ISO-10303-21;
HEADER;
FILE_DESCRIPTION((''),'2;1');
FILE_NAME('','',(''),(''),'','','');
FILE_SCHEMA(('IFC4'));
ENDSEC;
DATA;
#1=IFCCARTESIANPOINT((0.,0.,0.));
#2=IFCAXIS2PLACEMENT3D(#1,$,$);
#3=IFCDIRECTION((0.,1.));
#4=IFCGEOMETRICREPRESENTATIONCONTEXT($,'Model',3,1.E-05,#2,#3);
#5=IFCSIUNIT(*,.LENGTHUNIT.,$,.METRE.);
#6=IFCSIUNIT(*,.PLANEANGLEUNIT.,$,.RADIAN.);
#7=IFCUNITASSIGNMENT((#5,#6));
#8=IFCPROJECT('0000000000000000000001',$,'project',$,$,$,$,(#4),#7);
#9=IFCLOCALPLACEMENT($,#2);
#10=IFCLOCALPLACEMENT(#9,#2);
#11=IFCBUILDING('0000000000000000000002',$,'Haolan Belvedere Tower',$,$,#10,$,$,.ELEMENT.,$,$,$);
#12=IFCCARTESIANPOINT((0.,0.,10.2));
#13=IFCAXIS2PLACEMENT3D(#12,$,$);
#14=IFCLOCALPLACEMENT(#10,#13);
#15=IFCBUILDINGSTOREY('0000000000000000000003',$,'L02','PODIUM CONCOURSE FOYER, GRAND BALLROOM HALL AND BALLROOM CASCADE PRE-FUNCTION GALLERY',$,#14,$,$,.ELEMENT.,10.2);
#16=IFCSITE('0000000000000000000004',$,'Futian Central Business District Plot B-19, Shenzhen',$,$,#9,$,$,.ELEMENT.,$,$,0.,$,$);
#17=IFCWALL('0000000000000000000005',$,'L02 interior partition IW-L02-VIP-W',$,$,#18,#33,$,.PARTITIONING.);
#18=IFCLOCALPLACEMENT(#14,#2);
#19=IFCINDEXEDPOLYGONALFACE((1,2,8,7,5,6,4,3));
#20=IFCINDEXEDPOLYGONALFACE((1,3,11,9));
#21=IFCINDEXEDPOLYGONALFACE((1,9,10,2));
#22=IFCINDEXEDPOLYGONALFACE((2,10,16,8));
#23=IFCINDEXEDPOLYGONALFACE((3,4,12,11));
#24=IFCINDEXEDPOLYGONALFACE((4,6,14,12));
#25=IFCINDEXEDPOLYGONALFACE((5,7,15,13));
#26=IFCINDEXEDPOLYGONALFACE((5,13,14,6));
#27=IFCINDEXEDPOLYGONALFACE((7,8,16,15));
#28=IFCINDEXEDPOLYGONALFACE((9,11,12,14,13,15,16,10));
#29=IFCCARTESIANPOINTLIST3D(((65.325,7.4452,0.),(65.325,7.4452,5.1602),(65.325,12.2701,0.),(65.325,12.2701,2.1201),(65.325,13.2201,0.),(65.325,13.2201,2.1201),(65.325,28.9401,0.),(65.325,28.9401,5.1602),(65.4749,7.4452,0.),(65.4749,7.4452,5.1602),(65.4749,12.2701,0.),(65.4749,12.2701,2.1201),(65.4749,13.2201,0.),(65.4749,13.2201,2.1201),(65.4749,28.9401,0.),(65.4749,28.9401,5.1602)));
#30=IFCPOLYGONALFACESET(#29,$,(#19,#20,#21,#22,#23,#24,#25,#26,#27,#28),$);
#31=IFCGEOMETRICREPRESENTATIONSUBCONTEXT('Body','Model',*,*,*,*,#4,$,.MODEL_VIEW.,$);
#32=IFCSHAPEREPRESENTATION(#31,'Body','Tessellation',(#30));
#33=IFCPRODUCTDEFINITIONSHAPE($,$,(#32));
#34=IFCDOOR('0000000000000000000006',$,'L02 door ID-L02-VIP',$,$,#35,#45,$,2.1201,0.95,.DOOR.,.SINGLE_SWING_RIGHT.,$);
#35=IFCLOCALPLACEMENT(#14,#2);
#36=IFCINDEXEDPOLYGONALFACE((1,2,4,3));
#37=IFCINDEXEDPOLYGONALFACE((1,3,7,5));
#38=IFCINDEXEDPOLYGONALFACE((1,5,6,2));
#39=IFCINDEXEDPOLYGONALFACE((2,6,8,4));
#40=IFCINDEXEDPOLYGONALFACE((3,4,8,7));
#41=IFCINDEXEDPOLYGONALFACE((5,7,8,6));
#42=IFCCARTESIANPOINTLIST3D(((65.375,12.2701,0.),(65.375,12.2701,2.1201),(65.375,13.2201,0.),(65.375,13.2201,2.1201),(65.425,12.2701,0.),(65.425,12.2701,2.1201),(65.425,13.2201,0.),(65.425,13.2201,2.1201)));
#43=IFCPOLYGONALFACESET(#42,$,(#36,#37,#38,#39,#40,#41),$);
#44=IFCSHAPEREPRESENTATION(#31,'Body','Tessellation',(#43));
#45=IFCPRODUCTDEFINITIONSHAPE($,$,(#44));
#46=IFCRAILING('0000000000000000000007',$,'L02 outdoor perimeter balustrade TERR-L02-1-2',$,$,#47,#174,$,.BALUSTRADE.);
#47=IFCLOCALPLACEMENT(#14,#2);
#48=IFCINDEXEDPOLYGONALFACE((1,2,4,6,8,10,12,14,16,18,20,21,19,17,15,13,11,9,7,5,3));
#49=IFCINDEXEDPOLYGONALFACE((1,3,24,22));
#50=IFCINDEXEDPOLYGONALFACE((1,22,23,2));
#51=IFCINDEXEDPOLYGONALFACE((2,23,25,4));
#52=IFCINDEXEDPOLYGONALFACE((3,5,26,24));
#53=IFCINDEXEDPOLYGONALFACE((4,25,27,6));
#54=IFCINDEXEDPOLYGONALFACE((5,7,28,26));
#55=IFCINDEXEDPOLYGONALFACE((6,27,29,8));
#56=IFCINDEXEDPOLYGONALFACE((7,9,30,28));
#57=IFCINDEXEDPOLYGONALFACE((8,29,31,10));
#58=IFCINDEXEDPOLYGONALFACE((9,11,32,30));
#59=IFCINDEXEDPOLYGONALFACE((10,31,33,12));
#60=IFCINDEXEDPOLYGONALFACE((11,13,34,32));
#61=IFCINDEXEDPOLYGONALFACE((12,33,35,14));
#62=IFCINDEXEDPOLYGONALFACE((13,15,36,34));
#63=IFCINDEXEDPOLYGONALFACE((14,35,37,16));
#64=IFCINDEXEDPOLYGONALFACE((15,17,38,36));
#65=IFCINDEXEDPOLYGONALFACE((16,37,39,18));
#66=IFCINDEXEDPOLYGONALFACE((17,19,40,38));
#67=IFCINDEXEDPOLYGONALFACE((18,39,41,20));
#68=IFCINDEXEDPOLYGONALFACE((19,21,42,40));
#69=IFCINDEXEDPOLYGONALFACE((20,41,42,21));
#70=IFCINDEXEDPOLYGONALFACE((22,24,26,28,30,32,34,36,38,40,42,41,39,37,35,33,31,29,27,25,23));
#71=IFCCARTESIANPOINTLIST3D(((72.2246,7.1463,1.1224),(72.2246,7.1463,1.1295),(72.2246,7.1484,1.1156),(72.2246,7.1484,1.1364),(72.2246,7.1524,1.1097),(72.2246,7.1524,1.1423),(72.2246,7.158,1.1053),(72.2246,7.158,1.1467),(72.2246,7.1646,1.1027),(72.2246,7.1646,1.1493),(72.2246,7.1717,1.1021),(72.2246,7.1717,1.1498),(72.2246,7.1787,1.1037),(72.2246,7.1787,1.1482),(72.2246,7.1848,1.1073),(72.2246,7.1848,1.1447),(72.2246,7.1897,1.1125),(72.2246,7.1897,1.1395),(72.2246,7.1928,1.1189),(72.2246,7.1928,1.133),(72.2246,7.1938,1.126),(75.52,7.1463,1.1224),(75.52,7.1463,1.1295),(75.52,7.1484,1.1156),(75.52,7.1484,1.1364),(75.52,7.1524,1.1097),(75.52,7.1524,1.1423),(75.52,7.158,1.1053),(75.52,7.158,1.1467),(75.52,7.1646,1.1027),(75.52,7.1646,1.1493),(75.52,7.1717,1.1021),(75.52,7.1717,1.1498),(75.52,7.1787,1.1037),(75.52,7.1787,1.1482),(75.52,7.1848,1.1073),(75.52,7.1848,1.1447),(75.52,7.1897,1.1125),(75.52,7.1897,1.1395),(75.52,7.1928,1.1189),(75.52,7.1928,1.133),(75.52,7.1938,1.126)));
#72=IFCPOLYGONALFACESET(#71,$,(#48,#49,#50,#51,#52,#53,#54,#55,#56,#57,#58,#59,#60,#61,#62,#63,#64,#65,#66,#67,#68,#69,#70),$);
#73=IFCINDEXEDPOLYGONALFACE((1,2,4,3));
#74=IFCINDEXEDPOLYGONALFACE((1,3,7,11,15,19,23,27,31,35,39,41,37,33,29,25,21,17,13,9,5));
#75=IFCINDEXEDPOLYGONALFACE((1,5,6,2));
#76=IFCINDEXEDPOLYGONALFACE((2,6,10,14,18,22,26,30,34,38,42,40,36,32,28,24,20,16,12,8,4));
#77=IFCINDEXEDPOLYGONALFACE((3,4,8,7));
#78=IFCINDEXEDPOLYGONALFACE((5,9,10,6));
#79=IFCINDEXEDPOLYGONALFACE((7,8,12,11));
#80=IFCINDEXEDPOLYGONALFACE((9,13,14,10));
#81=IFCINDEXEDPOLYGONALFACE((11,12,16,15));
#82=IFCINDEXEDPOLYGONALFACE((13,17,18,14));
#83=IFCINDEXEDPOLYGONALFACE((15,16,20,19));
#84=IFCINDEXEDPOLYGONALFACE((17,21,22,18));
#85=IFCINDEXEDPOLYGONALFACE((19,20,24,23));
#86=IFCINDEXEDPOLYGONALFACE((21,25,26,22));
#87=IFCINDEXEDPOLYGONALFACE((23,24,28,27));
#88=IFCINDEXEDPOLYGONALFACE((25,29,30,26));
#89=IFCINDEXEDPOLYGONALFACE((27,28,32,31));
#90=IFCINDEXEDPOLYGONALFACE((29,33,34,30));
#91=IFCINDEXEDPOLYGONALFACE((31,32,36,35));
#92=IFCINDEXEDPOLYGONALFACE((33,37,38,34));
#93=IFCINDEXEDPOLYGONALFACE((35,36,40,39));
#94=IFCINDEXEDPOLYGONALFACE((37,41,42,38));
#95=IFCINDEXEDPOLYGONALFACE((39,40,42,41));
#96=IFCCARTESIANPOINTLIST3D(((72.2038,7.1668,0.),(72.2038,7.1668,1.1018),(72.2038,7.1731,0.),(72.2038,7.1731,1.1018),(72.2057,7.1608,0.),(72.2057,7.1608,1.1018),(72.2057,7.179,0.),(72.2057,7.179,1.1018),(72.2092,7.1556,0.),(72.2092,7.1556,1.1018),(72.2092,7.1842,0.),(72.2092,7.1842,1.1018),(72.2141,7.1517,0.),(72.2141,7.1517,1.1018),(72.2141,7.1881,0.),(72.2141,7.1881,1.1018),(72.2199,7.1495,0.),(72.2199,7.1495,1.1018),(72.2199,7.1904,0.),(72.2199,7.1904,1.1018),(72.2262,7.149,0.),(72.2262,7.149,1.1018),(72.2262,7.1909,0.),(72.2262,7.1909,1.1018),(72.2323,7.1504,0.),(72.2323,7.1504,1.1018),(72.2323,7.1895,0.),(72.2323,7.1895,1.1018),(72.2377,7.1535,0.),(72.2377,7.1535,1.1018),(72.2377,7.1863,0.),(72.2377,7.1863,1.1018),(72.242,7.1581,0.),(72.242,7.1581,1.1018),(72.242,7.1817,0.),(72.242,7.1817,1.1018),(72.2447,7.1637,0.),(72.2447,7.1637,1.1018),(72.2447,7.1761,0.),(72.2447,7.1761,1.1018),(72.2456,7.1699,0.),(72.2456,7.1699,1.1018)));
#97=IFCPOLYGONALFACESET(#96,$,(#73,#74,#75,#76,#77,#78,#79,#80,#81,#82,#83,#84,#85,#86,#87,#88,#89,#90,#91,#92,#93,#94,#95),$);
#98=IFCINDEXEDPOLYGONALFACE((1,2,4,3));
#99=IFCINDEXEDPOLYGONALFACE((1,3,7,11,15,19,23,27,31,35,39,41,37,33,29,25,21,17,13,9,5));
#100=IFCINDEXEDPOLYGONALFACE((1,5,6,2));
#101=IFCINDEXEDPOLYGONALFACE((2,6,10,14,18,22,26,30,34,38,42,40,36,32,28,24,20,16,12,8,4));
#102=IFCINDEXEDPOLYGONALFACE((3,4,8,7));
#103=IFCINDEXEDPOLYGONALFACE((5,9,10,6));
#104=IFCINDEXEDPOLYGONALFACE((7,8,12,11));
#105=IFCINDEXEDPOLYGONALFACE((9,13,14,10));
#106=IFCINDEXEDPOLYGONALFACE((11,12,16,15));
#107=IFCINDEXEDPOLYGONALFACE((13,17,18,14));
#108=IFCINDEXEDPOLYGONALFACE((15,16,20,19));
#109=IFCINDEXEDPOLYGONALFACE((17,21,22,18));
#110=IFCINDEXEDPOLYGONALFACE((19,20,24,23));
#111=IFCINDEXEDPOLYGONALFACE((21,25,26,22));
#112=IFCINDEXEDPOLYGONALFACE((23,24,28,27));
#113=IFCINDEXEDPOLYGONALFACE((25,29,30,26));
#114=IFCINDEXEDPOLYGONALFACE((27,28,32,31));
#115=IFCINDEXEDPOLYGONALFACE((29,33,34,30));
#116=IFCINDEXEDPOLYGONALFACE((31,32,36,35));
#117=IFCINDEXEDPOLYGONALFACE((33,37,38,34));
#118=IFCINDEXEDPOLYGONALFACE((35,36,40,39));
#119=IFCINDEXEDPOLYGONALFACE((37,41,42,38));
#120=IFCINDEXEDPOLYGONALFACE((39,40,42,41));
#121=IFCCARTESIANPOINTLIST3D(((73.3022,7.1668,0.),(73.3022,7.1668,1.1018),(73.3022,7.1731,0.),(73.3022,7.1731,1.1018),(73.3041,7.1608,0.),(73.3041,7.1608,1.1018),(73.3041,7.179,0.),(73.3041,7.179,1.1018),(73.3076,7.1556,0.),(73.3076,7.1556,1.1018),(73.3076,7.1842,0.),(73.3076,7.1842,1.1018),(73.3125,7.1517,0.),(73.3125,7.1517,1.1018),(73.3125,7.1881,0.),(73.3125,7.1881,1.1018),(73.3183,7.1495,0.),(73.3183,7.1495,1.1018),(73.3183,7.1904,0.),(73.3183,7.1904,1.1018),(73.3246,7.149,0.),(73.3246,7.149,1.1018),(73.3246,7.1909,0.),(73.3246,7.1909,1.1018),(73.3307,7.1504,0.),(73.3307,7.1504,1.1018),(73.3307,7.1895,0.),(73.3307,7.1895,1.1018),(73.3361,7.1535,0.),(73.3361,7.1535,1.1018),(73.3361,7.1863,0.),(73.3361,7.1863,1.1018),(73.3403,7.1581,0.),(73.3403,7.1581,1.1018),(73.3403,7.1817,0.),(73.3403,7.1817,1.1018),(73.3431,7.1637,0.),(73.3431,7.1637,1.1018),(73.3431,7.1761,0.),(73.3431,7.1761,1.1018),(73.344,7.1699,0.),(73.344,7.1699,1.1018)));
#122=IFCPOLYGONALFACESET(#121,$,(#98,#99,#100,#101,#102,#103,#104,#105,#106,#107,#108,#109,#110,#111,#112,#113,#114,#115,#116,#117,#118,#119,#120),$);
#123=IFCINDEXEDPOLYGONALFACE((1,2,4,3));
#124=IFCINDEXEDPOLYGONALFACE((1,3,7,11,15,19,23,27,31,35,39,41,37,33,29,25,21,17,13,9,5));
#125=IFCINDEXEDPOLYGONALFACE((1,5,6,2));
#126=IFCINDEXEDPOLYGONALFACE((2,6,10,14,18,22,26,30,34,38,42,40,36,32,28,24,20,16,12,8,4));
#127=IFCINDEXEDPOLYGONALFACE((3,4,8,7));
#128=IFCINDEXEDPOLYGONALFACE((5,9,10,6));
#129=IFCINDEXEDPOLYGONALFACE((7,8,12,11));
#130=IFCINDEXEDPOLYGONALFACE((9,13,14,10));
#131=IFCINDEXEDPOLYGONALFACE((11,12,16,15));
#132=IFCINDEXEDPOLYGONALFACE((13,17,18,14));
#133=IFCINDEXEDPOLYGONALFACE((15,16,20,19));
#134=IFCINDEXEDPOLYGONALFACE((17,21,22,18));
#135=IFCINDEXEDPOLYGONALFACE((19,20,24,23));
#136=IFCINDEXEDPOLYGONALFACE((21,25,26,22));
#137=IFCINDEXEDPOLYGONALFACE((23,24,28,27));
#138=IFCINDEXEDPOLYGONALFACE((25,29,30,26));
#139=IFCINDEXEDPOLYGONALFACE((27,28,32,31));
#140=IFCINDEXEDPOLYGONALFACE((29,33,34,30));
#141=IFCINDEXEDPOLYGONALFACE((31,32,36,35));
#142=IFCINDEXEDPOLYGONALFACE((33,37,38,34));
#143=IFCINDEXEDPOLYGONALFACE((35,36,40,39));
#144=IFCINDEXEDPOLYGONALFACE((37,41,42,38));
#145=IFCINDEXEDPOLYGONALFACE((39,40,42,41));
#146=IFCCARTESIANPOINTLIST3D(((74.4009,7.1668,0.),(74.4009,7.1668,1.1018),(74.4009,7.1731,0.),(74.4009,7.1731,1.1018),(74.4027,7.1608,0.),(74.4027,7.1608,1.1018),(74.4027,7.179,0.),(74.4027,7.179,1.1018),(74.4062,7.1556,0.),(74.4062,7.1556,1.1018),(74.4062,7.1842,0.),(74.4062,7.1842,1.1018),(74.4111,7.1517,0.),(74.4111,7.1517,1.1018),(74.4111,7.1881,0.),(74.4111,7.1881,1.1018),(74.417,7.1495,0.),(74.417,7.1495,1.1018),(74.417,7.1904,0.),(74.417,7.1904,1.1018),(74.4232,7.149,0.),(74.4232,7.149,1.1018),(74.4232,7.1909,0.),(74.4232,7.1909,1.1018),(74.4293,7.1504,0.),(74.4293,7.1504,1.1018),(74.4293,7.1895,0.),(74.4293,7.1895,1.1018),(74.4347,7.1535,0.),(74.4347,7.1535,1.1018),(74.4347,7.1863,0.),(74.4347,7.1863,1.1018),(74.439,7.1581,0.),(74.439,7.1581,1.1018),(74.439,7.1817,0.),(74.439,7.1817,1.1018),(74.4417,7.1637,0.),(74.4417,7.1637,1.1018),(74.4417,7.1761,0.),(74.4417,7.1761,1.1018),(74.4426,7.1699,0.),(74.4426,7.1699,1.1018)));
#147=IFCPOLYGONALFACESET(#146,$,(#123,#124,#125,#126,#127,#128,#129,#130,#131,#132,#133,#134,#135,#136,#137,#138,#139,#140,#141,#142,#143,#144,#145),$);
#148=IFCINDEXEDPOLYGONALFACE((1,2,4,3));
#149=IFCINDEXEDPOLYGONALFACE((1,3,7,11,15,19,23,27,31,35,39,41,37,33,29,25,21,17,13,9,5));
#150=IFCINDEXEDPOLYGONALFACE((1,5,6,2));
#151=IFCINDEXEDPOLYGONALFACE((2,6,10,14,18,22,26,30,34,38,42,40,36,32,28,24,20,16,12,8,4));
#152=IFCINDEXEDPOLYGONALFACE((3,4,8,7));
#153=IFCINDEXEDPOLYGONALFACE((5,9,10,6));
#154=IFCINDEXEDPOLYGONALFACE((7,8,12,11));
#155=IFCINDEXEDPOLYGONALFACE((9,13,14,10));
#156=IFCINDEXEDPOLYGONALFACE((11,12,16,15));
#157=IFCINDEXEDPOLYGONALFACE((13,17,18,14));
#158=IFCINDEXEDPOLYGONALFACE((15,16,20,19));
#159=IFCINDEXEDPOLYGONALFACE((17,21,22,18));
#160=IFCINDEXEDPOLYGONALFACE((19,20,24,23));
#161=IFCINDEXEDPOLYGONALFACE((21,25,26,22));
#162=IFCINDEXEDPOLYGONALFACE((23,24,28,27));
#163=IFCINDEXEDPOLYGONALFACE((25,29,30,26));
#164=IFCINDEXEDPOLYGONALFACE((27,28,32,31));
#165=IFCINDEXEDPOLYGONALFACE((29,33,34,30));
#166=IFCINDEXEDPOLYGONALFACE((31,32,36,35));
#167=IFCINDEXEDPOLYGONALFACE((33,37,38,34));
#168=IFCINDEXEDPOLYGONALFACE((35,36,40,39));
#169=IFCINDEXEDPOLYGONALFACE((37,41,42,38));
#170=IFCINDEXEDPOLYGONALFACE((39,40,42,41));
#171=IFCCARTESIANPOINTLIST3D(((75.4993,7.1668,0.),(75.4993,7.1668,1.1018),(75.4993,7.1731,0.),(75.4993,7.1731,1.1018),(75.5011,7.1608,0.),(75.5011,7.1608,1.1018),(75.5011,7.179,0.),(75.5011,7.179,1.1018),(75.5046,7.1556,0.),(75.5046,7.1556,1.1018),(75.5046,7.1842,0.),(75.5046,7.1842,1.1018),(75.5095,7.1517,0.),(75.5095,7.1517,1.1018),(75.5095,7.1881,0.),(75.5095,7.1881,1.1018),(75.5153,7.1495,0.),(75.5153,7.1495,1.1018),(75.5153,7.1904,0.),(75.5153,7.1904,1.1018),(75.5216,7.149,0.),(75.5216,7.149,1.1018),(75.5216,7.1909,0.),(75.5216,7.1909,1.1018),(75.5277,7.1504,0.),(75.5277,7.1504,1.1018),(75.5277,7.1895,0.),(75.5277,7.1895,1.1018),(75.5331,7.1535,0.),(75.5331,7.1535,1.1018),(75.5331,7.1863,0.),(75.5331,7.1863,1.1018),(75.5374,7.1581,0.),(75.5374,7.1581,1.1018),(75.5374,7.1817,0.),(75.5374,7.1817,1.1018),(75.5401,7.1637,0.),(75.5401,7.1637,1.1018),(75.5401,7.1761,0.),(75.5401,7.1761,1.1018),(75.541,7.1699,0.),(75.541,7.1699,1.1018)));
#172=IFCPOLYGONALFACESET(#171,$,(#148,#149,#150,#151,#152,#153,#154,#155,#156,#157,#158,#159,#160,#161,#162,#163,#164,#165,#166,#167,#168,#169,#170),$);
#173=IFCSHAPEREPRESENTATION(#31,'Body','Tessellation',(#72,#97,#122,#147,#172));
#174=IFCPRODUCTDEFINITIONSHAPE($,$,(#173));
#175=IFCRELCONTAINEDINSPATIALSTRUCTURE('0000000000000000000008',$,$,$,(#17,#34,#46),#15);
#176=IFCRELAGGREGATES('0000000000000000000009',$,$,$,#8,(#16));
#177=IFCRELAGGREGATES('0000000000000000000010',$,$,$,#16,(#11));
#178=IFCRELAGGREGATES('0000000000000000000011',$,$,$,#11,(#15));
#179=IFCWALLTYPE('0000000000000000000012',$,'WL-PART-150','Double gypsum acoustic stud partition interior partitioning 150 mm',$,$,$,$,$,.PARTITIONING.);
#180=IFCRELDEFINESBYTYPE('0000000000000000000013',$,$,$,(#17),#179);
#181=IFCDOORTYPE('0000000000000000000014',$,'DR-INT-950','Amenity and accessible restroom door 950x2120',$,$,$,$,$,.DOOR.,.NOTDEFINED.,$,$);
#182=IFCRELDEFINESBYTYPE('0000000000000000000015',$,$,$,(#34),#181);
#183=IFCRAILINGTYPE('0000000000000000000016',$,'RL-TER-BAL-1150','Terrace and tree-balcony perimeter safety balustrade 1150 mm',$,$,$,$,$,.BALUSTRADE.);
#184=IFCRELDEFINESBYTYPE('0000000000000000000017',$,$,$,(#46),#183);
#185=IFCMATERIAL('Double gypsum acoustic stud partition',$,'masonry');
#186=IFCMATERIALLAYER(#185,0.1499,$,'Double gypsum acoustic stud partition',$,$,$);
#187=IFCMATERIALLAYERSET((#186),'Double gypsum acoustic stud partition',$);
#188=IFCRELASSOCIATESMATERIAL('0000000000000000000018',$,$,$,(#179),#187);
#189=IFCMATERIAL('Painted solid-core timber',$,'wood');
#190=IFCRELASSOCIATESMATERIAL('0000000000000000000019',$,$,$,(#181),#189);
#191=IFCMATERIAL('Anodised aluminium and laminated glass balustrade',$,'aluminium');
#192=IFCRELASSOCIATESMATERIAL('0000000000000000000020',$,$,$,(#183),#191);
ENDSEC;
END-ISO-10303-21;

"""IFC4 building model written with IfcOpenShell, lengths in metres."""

from ifc_helpers import new_model, si_unit, direction, frame, frame_2d, origin, origin_2d, place, context, subcontext, project, spatial, rectangle, circle, extrude, material, layer, layer_set, type_object, element, fill, save


model = new_model("IFC4")

# Units and contexts
model_context = context("Model", 3, precision=1e-05, world=origin(), true_north=direction((0.0, 1.0)))
body_context = subcontext(model_context, "Body", "Model", "MODEL_VIEW")
ifc_project = project(units=[si_unit("LENGTHUNIT", "METRE"), si_unit("PLANEANGLEUNIT", "RADIAN")], contexts=[model_context])

# Site, building, storey
site_placement = place(None, origin())
site = spatial("IfcSite", under=ifc_project, at=site_placement, Name="Futian Central Business District Plot B-19, Shenzhen", CompositionType="ELEMENT", RefElevation=0.0)
building_placement = place(site_placement, origin())
building = spatial("IfcBuilding", under=site, at=building_placement, Name="Haolan Belvedere Tower", CompositionType="ELEMENT")
storey_placement = place(building_placement, frame((0.0, 0.0, 10.2)))
storey = spatial("IfcBuildingStorey", under=building, at=storey_placement, Name="L02", Description="PODIUM CONCOURSE FOYER, GRAND BALLROOM HALL AND BALLROOM CASCADE PRE-FUNCTION GALLERY", CompositionType="ELEMENT", Elevation=10.2)

# Wall, opening, door
ifc_material_1 = material(Name="Double gypsum acoustic stud partition", Category="masonry")
ifc_layer_1 = layer(ifc_material_1, 0.1499, Name="Double gypsum acoustic stud partition")
ifc_layer_set_1 = layer_set([ifc_layer_1], Name="Double gypsum acoustic stud partition")
wall_type_1 = type_object("IfcWallType", Name="WL-PART-150", Description="Double gypsum acoustic stud partition interior partitioning 150 mm", PredefinedType="PARTITIONING", material=ifc_layer_set_1)
wall_1_placement = place(storey_placement, frame((65.3999, 7.4451, 0.0), z_axis=(0.0, 0.0, 1.0), x_axis=(0.0, 1.0, 0.0)))
wall_1 = element("IfcWall", 1, at=wall_1_placement, inside=storey, type_object=wall_type_1, Name="L02 interior partition IW-L02-VIP-W", PredefinedType="PARTITIONING", context=body_context, shape_type="SweptSolid", body=[
    extrude(rectangle(XDim=21.4949, YDim=0.1499, at=frame_2d((10.7476, 0.0))), origin(), (0.0, 0.0, 1.0), 5.1602),
])
opening_placement = place(wall_1_placement, frame((4.825, 0.0, 0.0)))
opening = element("IfcOpeningElement", 2, at=opening_placement, cuts=wall_1, PredefinedType="OPENING", context=body_context, shape_type="SweptSolid", body=[
    extrude(rectangle(XDim=0.95, YDim=2.1201, at=frame_2d((0.4751, 1.0601))), frame((0.0, 0.085, 0.0), z_axis=(0.0, -1.0, 0.0), x_axis=(1.0, 0.0, 0.0)), (0.0, 0.0, 1.0), 0.1699),
])
ifc_material_2 = material(Name="Painted solid-core timber", Category="wood")
door_type = type_object("IfcDoorType", Name="DR-INT-950", Description="Amenity and accessible restroom door 950x2120", OperationType="NOTDEFINED", PredefinedType="DOOR", material=ifc_material_2)
door_placement = place(opening_placement, origin())
door = element("IfcDoor", 3, at=door_placement, inside=storey, type_object=door_type, Name="L02 door ID-L02-VIP", OperationType="SINGLE_SWING_RIGHT", OverallHeight=2.1201, OverallWidth=0.95, PredefinedType="DOOR", context=body_context, shape_type="SweptSolid", body=[
    extrude(rectangle(XDim=0.95, YDim=2.1201, at=frame_2d((0.4751, 1.0601))), frame((0.0, 0.0249, 0.0), z_axis=(0.0, -1.0, 0.0), x_axis=(1.0, 0.0, 0.0)), (0.0, 0.0, 1.0), 0.05),
])
fill(opening, door)

# Railing
ifc_material_3 = material(Name="Anodised aluminium and laminated glass balustrade", Category="aluminium")
railing_type = type_object("IfcRailingType", Name="RL-TER-BAL-1150", Description="Terrace and tree-balcony perimeter safety balustrade 1150 mm", PredefinedType="BALUSTRADE", material=ifc_material_3)
railing_1_placement = place(storey_placement, frame((72.2246, 7.1699, 0.0)))
element("IfcRailing", 4, at=railing_1_placement, inside=storey, type_object=railing_type, Name="L02 outdoor perimeter balustrade TERR-L02-1-2", PredefinedType="BALUSTRADE", context=body_context, shape_type="SweptSolid", body=[
    extrude(circle(Radius=0.0239, at=origin_2d()), frame((0.0, 0.0, 1.126), z_axis=(1.0, 0.0, 0.0), x_axis=(0.0, 1.0, 0.0)), (0.0, 0.0, 1.0), 3.2954),
    extrude(circle(Radius=0.021, at=origin_2d()), origin(), (0.0, 0.0, 1.0), 1.1018),
    extrude(circle(Radius=0.021, at=origin_2d()), frame((1.0984, 0.0, 0.0)), (0.0, 0.0, 1.0), 1.1018),
    extrude(circle(Radius=0.021, at=origin_2d()), frame((2.197, 0.0, 0.0)), (0.0, 0.0, 1.0), 1.1018),
    extrude(circle(Radius=0.021, at=origin_2d()), frame((3.2954, 0.0, 0.0)), (0.0, 0.0, 1.0), 1.1018),
])

save(model, "model.ifc")
